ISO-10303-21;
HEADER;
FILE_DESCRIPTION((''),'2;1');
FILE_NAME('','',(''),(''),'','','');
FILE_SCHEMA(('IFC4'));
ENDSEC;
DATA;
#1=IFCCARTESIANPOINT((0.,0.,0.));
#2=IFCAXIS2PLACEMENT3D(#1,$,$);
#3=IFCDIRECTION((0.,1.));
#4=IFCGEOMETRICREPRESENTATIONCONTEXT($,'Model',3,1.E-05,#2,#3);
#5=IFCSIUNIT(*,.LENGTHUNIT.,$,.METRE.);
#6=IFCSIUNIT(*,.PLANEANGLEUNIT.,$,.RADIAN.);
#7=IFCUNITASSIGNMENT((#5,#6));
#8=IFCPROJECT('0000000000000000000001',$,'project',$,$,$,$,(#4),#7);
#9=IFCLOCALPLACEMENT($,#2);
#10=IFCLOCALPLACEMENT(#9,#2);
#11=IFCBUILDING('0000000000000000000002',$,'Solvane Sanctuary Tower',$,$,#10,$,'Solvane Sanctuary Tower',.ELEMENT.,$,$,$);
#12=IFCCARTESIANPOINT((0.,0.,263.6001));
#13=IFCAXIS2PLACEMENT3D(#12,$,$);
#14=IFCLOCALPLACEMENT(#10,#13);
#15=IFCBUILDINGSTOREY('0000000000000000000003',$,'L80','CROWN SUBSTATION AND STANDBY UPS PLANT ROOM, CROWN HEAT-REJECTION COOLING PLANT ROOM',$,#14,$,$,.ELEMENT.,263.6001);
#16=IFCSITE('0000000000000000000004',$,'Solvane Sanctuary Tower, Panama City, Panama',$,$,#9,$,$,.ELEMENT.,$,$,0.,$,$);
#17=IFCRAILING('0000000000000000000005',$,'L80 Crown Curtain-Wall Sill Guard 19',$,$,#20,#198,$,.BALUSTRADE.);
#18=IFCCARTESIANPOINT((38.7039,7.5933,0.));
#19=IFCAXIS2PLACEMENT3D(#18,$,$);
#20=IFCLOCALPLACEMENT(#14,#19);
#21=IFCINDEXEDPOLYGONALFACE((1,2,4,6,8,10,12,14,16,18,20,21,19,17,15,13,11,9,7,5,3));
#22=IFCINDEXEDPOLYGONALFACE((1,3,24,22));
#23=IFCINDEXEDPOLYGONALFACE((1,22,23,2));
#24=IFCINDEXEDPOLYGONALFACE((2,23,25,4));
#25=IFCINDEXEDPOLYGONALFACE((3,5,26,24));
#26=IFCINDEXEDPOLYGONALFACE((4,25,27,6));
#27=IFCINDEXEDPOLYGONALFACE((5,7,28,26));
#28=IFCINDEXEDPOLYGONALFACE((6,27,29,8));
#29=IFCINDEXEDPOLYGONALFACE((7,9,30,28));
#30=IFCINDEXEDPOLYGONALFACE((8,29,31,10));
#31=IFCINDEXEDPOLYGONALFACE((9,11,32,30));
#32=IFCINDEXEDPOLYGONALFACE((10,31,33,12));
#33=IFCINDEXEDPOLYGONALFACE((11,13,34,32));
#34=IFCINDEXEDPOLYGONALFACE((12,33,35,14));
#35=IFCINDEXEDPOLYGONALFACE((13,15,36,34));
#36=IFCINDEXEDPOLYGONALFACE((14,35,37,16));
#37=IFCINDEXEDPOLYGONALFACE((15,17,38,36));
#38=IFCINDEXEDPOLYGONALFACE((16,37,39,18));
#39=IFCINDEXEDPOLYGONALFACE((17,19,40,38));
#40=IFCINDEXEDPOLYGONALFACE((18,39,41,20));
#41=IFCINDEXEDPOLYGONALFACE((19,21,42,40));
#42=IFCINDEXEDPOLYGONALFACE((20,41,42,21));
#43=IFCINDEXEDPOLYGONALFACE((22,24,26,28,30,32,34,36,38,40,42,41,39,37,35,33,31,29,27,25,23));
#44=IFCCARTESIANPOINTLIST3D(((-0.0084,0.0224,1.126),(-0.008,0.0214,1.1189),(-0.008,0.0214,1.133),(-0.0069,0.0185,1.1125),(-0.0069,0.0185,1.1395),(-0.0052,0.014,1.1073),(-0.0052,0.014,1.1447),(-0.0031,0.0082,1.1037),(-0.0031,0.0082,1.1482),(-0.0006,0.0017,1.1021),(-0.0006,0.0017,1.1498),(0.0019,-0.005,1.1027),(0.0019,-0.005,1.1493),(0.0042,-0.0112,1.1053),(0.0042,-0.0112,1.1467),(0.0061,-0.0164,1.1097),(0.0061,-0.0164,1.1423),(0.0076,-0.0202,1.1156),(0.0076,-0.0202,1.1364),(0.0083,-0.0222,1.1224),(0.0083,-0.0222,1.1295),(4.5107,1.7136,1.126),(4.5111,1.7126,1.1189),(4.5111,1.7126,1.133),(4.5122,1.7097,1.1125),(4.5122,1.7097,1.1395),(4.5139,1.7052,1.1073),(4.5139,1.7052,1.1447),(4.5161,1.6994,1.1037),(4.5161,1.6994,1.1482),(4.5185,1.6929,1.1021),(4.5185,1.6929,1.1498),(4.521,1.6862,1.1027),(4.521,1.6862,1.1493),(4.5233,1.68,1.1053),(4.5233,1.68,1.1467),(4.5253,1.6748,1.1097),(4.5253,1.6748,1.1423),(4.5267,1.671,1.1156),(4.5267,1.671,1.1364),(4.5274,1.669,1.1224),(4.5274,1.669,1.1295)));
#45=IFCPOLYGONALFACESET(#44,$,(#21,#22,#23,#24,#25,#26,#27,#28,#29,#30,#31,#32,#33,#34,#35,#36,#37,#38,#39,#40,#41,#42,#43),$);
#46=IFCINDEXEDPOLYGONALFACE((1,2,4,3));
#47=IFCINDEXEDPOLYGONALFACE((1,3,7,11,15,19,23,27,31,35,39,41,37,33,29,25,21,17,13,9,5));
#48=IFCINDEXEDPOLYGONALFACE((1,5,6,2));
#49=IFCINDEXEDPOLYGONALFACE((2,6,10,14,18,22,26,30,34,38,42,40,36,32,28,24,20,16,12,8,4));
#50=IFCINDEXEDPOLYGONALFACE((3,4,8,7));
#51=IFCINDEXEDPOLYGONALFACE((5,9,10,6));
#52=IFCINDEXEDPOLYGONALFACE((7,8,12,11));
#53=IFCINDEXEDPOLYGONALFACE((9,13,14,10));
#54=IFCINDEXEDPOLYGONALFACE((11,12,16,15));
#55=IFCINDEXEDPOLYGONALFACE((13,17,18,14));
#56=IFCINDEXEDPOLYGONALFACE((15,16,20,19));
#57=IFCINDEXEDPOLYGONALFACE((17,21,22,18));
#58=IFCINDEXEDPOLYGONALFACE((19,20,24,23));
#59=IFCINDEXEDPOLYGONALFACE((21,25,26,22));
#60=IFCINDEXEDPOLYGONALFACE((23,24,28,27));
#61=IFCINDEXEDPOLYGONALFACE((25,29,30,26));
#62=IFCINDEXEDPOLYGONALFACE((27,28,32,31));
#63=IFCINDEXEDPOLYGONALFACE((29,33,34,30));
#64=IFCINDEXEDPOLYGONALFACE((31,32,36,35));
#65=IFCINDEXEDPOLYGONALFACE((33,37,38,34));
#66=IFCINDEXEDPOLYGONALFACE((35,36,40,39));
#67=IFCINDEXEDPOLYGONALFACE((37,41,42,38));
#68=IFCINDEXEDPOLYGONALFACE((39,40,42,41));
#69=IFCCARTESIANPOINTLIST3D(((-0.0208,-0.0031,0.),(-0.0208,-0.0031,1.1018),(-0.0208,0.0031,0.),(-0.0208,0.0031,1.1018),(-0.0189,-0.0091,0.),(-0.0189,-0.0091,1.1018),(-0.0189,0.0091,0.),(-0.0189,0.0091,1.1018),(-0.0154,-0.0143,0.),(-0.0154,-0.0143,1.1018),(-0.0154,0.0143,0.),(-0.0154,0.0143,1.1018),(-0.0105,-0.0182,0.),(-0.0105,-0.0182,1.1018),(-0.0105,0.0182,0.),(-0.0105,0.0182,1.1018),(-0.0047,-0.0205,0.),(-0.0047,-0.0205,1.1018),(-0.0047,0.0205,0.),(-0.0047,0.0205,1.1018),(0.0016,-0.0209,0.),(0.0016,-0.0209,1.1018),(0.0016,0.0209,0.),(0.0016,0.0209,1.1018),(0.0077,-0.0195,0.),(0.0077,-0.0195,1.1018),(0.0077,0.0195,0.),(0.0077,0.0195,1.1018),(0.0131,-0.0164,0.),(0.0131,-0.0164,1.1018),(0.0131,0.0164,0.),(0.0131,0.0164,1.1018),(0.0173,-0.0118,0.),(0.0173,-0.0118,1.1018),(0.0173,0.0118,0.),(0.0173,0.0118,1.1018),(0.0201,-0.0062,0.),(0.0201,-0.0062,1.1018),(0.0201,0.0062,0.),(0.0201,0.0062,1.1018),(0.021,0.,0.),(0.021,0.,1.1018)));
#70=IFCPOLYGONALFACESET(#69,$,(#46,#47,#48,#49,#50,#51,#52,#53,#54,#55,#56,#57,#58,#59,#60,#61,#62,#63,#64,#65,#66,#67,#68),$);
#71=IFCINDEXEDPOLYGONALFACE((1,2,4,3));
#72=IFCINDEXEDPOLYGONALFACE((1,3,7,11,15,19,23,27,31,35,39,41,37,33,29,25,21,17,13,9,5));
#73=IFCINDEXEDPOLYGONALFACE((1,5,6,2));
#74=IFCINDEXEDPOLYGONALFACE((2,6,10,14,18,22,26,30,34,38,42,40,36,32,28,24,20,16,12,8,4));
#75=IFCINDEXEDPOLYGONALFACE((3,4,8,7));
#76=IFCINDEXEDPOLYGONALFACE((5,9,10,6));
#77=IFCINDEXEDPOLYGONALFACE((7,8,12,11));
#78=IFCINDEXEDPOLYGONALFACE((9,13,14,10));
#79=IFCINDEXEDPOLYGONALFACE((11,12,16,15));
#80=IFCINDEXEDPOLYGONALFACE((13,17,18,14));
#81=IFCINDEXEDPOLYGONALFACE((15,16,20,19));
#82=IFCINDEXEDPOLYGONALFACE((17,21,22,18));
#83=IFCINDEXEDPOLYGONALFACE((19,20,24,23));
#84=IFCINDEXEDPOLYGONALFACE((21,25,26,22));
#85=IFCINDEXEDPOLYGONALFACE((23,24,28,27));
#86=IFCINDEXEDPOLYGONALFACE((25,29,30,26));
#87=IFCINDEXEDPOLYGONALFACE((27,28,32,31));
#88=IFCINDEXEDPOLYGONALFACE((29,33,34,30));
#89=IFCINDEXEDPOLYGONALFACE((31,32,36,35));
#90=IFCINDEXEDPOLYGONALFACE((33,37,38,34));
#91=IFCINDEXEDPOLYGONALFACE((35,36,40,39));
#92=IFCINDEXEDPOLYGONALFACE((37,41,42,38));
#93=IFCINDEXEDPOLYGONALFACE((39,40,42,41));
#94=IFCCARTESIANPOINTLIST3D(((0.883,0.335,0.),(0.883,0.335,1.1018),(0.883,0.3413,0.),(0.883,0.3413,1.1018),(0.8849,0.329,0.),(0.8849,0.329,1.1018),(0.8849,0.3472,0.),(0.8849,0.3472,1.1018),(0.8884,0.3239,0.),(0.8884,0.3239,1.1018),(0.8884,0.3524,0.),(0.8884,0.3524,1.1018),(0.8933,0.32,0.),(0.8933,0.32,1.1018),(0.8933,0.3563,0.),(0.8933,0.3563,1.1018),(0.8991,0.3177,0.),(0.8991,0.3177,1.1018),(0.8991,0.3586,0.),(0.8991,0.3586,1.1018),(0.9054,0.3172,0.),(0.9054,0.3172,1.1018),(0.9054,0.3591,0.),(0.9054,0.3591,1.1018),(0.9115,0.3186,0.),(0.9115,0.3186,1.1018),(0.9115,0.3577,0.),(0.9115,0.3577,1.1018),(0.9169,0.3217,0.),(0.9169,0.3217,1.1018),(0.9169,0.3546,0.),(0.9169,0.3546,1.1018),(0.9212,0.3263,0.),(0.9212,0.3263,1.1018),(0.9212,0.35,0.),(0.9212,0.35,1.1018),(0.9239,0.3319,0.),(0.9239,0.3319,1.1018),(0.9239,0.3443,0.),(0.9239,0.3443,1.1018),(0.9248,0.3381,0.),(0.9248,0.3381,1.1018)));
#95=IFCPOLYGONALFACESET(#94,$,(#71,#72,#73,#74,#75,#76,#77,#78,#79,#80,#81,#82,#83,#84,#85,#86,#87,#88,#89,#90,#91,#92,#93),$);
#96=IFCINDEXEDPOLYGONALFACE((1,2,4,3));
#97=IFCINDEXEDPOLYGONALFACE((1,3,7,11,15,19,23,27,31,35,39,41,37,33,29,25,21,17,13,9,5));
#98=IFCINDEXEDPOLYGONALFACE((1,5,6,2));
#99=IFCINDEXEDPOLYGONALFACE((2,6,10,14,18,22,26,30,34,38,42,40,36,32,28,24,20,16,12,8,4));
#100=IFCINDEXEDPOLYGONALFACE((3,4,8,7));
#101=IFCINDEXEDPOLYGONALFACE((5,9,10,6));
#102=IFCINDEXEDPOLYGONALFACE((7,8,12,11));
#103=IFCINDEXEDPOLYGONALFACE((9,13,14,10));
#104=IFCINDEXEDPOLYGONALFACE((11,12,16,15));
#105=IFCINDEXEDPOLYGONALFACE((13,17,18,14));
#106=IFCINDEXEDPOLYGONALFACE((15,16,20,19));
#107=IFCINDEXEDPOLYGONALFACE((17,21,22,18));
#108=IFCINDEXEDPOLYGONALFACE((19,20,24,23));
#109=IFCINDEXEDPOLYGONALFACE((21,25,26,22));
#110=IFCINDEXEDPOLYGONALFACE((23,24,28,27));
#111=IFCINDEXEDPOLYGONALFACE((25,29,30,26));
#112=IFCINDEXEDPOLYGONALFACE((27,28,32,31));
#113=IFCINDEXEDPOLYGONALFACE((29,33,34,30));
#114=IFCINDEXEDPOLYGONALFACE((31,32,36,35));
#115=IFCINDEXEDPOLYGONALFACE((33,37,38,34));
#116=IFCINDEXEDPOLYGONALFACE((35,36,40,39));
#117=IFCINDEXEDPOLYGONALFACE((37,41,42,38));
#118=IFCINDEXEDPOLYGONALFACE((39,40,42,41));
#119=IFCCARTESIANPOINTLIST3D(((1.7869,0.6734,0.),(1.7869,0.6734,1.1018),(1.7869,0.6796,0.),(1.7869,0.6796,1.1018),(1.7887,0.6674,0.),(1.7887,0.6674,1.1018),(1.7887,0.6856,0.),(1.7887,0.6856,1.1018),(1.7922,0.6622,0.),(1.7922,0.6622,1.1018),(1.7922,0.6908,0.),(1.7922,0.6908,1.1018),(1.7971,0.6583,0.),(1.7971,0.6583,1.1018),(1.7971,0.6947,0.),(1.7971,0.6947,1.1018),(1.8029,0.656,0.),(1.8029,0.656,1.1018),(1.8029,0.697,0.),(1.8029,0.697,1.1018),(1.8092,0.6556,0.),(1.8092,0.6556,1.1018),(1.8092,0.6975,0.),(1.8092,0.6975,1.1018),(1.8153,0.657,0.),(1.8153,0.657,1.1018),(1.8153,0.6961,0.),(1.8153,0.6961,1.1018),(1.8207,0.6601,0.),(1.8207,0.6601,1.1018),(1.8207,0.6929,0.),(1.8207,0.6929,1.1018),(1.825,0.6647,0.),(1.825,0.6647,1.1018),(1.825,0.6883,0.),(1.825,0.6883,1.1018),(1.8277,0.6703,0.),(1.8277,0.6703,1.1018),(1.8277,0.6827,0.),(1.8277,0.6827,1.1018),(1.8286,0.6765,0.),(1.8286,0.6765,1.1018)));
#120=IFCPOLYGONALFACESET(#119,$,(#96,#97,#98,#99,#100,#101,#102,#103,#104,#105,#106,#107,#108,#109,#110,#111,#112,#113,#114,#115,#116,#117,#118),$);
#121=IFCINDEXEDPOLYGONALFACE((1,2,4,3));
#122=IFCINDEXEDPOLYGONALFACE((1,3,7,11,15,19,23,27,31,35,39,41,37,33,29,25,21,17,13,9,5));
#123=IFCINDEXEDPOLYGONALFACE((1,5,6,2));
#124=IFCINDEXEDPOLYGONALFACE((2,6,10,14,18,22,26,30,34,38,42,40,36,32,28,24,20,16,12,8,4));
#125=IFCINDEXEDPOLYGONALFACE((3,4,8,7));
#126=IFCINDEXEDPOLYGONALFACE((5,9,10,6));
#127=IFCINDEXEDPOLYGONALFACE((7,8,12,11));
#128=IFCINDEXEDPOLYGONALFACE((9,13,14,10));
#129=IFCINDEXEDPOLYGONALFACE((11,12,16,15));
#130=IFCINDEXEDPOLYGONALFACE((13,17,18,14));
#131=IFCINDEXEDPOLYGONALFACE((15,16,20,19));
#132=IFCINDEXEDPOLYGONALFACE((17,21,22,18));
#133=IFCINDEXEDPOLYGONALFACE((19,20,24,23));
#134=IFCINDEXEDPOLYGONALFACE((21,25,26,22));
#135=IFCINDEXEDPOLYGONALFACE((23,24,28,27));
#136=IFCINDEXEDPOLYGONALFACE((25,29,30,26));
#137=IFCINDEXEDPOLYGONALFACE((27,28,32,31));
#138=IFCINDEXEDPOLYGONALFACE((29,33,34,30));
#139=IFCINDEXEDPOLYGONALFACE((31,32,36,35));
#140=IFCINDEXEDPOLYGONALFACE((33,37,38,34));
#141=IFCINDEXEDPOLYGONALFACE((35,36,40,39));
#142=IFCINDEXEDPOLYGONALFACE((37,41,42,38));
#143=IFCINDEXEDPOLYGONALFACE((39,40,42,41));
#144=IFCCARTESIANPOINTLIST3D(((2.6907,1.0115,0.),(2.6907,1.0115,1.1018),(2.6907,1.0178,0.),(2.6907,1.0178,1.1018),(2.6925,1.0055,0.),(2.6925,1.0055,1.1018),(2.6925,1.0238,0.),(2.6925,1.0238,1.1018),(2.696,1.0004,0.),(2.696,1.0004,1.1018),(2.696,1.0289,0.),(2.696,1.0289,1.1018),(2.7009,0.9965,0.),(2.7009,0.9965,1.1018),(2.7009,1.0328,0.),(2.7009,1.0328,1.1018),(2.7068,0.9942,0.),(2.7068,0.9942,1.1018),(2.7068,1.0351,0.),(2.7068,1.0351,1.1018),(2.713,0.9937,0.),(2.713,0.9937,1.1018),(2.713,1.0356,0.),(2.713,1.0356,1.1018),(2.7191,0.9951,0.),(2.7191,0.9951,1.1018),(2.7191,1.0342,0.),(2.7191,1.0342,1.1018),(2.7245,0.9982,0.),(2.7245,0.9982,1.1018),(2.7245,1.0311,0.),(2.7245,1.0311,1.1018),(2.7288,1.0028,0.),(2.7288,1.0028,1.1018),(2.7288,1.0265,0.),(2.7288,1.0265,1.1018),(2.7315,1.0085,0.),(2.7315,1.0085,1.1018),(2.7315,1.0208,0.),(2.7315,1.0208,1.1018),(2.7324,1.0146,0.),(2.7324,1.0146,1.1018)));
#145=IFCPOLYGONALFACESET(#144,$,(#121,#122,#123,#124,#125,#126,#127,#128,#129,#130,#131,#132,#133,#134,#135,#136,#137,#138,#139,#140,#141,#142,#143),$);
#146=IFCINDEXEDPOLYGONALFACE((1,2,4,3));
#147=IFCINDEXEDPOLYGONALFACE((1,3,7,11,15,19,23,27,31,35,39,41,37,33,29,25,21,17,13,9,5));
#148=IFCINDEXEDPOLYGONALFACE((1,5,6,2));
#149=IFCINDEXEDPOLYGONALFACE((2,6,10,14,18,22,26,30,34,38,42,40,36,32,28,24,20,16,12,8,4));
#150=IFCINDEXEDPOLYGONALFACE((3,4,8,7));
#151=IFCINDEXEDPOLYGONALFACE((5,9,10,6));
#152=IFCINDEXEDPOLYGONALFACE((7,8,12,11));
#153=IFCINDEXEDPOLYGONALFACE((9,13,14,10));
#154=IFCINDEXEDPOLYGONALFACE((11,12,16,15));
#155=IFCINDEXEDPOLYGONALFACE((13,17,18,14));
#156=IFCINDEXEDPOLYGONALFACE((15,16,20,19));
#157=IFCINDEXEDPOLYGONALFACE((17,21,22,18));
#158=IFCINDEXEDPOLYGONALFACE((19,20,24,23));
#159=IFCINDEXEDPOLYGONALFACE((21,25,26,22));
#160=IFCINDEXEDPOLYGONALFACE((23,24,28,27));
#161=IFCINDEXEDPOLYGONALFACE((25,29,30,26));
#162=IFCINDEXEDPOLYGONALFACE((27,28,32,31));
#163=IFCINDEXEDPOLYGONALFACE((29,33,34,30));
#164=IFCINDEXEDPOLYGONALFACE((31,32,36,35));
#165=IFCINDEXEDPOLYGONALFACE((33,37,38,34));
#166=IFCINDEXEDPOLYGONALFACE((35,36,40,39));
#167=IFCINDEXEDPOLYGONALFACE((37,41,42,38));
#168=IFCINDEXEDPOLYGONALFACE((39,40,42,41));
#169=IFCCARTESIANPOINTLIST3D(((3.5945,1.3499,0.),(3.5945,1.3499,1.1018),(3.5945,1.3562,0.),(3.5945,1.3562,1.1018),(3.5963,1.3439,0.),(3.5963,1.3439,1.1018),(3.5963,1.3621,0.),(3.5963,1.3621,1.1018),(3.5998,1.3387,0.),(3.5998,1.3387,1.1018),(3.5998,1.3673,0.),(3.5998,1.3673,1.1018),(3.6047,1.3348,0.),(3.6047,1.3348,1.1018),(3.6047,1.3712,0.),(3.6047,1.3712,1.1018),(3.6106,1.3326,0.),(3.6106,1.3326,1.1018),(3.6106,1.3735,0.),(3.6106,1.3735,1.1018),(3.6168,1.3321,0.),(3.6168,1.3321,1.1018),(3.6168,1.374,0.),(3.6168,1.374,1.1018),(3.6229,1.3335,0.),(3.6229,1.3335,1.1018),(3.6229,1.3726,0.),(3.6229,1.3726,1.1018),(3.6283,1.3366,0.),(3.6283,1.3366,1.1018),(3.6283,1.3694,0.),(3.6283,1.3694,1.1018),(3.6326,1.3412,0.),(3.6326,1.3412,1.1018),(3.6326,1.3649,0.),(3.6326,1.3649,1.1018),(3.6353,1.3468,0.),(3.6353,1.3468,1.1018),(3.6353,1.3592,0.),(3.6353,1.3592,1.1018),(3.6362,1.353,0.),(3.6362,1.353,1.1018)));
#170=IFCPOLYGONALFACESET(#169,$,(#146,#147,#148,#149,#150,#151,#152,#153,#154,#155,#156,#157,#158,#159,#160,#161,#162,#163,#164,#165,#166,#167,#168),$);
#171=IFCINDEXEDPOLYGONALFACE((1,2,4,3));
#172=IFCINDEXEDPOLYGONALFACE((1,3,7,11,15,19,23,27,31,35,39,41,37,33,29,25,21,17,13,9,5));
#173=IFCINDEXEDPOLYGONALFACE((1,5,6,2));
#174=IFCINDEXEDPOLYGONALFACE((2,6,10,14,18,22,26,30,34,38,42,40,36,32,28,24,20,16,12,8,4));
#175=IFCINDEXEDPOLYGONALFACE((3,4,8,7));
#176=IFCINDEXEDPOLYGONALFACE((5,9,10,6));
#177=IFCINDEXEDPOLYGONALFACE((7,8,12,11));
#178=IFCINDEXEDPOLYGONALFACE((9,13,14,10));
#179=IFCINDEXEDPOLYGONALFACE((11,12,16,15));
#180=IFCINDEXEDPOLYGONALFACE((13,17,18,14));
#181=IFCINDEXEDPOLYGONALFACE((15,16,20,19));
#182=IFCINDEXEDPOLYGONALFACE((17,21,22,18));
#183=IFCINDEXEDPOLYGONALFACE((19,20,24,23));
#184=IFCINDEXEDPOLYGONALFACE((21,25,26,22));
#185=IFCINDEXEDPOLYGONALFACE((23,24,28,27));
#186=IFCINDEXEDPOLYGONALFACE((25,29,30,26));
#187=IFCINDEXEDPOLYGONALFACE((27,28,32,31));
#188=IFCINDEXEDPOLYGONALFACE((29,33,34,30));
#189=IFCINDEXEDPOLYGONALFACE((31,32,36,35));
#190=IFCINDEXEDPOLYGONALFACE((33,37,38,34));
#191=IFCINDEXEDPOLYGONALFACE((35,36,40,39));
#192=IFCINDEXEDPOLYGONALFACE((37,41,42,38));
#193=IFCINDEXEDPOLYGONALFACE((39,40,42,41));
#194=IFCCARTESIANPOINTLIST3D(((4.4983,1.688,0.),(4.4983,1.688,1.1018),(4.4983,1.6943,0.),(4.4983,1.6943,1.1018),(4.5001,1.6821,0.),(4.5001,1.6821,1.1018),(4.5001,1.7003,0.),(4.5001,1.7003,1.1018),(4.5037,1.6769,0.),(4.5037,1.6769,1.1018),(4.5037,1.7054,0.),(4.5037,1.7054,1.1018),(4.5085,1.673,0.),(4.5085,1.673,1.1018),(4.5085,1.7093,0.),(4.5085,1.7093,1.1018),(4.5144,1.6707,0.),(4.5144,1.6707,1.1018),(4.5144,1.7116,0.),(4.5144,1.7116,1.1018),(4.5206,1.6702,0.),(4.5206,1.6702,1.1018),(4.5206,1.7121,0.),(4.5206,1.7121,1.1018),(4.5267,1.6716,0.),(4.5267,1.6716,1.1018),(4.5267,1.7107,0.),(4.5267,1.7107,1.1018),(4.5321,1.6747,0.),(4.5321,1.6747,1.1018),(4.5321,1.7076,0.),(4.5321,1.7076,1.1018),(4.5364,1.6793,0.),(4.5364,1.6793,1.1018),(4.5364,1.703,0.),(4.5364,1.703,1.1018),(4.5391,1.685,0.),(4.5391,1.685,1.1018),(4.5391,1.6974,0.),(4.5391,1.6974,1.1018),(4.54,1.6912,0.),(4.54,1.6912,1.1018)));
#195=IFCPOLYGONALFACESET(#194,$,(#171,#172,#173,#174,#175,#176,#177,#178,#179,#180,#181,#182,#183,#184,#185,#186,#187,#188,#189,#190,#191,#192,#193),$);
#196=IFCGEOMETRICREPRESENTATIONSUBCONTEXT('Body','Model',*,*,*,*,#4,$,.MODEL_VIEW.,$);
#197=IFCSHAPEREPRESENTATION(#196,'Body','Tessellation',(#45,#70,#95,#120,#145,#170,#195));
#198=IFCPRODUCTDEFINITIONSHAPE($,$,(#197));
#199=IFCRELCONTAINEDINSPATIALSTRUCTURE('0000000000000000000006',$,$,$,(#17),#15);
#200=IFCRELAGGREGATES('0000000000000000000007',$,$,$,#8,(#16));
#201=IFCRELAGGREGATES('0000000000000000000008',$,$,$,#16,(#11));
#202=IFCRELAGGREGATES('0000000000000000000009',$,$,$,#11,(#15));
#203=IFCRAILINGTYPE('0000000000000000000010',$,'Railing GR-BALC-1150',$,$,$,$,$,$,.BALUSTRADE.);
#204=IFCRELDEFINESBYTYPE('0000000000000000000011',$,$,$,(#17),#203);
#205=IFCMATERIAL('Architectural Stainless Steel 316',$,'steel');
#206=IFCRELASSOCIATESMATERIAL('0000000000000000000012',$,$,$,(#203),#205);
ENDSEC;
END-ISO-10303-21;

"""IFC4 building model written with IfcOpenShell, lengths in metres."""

from ifc_helpers import new_model, si_unit, direction, frame, origin, origin_2d, place, context, subcontext, project, spatial, circle, extrude, material, type_object, element, save


model = new_model("IFC4")

# Units and contexts
model_context = context("Model", 3, precision=1e-05, world=origin(), true_north=direction((0.0, 1.0)))
body_context = subcontext(model_context, "Body", "Model", "MODEL_VIEW")
ifc_project = project(units=[si_unit("LENGTHUNIT", "METRE"), si_unit("PLANEANGLEUNIT", "RADIAN")], contexts=[model_context])

# Site, building, storey
site_placement = place(None, origin())
site = spatial("IfcSite", under=ifc_project, at=site_placement, Name="Solvane Sanctuary Tower, Panama City, Panama", CompositionType="ELEMENT", RefElevation=0.0)
building_placement = place(site_placement, origin())
building = spatial("IfcBuilding", under=site, at=building_placement, Name="Solvane Sanctuary Tower", LongName="Solvane Sanctuary Tower", CompositionType="ELEMENT")
storey_placement = place(building_placement, frame((0.0, 0.0, 263.6001)))
storey = spatial("IfcBuildingStorey", under=building, at=storey_placement, Name="L80", Description="CROWN SUBSTATION AND STANDBY UPS PLANT ROOM, CROWN HEAT-REJECTION COOLING PLANT ROOM", CompositionType="ELEMENT", Elevation=263.6001)

# Shared definitions
ifc_material_1 = material(Name="Architectural Stainless Steel 316", Category="steel")

# Railing
railing_type = type_object("IfcRailingType", Name="Railing GR-BALC-1150", PredefinedType="BALUSTRADE", material=ifc_material_1)
railing_placement = place(storey_placement, frame((38.7039, 7.5933, 0.0)))
element("IfcRailing", 1, at=railing_placement, inside=storey, type_object=railing_type, Name="L80 Crown Curtain-Wall Sill Guard 19", PredefinedType="BALUSTRADE", context=body_context, shape_type="SweptSolid", body=[
    extrude(circle(Radius=0.0239, at=origin_2d()), frame((0.0, 0.0, 1.126), z_axis=(0.936566, 0.350491, 0.0), x_axis=(-0.350491, 0.936566, 0.0)), (0.0, 0.0, 1.0), 4.8252),
    extrude(circle(Radius=0.021, at=origin_2d()), origin(), (0.0, 0.0, 1.0), 1.1018),
    extrude(circle(Radius=0.021, at=origin_2d()), frame((0.9038, 0.3381, 0.0)), (0.0, 0.0, 1.0), 1.1018),
    extrude(circle(Radius=0.021, at=origin_2d()), frame((1.8076, 0.6765, 0.0)), (0.0, 0.0, 1.0), 1.1018),
    extrude(circle(Radius=0.021, at=origin_2d()), frame((2.7114, 1.0146, 0.0)), (0.0, 0.0, 1.0), 1.1018),
    extrude(circle(Radius=0.021, at=origin_2d()), frame((3.6152, 1.353, 0.0)), (0.0, 0.0, 1.0), 1.1018),
    extrude(circle(Radius=0.021, at=origin_2d()), frame((4.519, 1.6912, 0.0)), (0.0, 0.0, 1.0), 1.1018),
])

save(model, "model.ifc")
